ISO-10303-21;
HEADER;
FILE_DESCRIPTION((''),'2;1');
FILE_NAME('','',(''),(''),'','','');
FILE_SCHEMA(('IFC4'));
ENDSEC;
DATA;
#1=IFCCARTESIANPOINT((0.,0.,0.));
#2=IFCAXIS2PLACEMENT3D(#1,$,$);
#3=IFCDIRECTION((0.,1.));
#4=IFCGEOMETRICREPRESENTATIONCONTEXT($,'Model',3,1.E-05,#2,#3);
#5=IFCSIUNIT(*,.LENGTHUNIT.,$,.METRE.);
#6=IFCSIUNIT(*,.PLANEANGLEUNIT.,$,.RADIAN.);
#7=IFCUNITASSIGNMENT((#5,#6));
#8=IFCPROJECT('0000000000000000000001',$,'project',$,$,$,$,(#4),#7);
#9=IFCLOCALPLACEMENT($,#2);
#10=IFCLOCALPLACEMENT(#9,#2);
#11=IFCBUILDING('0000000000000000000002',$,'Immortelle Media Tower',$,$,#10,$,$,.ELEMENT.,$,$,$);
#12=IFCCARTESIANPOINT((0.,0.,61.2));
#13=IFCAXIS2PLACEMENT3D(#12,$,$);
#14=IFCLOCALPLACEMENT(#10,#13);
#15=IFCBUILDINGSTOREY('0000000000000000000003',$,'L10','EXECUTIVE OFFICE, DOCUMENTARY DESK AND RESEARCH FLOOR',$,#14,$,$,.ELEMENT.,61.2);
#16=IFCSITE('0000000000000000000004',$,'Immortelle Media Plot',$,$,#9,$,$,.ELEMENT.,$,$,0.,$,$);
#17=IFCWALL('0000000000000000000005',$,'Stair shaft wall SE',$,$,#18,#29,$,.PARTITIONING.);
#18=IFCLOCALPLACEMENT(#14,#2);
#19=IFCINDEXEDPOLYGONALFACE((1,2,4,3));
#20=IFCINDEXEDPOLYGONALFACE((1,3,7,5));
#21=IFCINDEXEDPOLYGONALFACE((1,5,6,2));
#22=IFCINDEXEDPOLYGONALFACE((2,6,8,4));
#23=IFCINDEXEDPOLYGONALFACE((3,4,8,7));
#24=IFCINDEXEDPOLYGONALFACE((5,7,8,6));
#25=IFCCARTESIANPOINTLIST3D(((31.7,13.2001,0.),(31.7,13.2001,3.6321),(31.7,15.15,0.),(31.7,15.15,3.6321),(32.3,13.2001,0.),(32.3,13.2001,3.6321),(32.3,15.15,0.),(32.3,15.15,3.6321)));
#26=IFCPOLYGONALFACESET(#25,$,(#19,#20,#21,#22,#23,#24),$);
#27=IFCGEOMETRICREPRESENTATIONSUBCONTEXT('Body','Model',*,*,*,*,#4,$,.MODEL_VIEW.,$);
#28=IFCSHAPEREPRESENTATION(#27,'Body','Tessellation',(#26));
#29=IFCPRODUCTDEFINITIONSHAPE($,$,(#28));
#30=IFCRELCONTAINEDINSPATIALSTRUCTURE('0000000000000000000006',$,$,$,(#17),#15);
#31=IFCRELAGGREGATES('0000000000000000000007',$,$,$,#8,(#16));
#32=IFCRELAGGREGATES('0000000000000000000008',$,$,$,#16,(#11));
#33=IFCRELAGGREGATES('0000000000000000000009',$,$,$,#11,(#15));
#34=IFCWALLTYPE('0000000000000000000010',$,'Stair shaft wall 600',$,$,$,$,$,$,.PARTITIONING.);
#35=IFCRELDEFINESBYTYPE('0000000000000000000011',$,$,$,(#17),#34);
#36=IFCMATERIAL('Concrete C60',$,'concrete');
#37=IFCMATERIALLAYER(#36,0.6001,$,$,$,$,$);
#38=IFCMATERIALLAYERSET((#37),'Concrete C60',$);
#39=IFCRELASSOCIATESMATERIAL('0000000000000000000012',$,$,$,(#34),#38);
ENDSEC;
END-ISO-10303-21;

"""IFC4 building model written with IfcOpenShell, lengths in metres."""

from ifc_helpers import new_model, si_unit, direction, frame, frame_2d, origin, place, context, subcontext, project, spatial, rectangle, extrude, material, layer, layer_set, type_object, element, save


model = new_model("IFC4")

# Units and contexts
model_context = context("Model", 3, precision=1e-05, world=origin(), true_north=direction((0.0, 1.0)))
body_context = subcontext(model_context, "Body", "Model", "MODEL_VIEW")
ifc_project = project(units=[si_unit("LENGTHUNIT", "METRE"), si_unit("PLANEANGLEUNIT", "RADIAN")], contexts=[model_context])

# Site, building, storey
site_placement = place(None, origin())
site = spatial("IfcSite", under=ifc_project, at=site_placement, Name="Immortelle Media Plot", CompositionType="ELEMENT", RefElevation=0.0)
building_placement = place(site_placement, origin())
building = spatial("IfcBuilding", under=site, at=building_placement, Name="Immortelle Media Tower", CompositionType="ELEMENT")
storey_placement = place(building_placement, frame((0.0, 0.0, 61.2)))
storey = spatial("IfcBuildingStorey", under=building, at=storey_placement, Name="L10", Description="EXECUTIVE OFFICE, DOCUMENTARY DESK AND RESEARCH FLOOR", CompositionType="ELEMENT", Elevation=61.2)

# Shared definitions
ifc_material_1 = material(Name="Concrete C60", Category="concrete")

# Wall
ifc_layer_1 = layer(ifc_material_1, 0.6001)
ifc_layer_set_1 = layer_set([ifc_layer_1], Name="Concrete C60")
wall_type_1 = type_object("IfcWallType", Name="Stair shaft wall 600", PredefinedType="PARTITIONING", material=ifc_layer_set_1)
wall_1_placement = place(storey_placement, frame((32.0, 13.2, 0.0), z_axis=(0.0, 0.0, 1.0), x_axis=(0.0, 1.0, 0.0)))
element("IfcWall", 1, at=wall_1_placement, inside=storey, type_object=wall_type_1, Name="Stair shaft wall SE", PredefinedType="PARTITIONING", context=body_context, shape_type="SweptSolid", body=[
    extrude(rectangle(XDim=1.95, YDim=0.6001, at=frame_2d((0.9751, 0.0))), origin(), (0.0, 0.0, 1.0), 3.6321),
])

save(model, "model.ifc")
